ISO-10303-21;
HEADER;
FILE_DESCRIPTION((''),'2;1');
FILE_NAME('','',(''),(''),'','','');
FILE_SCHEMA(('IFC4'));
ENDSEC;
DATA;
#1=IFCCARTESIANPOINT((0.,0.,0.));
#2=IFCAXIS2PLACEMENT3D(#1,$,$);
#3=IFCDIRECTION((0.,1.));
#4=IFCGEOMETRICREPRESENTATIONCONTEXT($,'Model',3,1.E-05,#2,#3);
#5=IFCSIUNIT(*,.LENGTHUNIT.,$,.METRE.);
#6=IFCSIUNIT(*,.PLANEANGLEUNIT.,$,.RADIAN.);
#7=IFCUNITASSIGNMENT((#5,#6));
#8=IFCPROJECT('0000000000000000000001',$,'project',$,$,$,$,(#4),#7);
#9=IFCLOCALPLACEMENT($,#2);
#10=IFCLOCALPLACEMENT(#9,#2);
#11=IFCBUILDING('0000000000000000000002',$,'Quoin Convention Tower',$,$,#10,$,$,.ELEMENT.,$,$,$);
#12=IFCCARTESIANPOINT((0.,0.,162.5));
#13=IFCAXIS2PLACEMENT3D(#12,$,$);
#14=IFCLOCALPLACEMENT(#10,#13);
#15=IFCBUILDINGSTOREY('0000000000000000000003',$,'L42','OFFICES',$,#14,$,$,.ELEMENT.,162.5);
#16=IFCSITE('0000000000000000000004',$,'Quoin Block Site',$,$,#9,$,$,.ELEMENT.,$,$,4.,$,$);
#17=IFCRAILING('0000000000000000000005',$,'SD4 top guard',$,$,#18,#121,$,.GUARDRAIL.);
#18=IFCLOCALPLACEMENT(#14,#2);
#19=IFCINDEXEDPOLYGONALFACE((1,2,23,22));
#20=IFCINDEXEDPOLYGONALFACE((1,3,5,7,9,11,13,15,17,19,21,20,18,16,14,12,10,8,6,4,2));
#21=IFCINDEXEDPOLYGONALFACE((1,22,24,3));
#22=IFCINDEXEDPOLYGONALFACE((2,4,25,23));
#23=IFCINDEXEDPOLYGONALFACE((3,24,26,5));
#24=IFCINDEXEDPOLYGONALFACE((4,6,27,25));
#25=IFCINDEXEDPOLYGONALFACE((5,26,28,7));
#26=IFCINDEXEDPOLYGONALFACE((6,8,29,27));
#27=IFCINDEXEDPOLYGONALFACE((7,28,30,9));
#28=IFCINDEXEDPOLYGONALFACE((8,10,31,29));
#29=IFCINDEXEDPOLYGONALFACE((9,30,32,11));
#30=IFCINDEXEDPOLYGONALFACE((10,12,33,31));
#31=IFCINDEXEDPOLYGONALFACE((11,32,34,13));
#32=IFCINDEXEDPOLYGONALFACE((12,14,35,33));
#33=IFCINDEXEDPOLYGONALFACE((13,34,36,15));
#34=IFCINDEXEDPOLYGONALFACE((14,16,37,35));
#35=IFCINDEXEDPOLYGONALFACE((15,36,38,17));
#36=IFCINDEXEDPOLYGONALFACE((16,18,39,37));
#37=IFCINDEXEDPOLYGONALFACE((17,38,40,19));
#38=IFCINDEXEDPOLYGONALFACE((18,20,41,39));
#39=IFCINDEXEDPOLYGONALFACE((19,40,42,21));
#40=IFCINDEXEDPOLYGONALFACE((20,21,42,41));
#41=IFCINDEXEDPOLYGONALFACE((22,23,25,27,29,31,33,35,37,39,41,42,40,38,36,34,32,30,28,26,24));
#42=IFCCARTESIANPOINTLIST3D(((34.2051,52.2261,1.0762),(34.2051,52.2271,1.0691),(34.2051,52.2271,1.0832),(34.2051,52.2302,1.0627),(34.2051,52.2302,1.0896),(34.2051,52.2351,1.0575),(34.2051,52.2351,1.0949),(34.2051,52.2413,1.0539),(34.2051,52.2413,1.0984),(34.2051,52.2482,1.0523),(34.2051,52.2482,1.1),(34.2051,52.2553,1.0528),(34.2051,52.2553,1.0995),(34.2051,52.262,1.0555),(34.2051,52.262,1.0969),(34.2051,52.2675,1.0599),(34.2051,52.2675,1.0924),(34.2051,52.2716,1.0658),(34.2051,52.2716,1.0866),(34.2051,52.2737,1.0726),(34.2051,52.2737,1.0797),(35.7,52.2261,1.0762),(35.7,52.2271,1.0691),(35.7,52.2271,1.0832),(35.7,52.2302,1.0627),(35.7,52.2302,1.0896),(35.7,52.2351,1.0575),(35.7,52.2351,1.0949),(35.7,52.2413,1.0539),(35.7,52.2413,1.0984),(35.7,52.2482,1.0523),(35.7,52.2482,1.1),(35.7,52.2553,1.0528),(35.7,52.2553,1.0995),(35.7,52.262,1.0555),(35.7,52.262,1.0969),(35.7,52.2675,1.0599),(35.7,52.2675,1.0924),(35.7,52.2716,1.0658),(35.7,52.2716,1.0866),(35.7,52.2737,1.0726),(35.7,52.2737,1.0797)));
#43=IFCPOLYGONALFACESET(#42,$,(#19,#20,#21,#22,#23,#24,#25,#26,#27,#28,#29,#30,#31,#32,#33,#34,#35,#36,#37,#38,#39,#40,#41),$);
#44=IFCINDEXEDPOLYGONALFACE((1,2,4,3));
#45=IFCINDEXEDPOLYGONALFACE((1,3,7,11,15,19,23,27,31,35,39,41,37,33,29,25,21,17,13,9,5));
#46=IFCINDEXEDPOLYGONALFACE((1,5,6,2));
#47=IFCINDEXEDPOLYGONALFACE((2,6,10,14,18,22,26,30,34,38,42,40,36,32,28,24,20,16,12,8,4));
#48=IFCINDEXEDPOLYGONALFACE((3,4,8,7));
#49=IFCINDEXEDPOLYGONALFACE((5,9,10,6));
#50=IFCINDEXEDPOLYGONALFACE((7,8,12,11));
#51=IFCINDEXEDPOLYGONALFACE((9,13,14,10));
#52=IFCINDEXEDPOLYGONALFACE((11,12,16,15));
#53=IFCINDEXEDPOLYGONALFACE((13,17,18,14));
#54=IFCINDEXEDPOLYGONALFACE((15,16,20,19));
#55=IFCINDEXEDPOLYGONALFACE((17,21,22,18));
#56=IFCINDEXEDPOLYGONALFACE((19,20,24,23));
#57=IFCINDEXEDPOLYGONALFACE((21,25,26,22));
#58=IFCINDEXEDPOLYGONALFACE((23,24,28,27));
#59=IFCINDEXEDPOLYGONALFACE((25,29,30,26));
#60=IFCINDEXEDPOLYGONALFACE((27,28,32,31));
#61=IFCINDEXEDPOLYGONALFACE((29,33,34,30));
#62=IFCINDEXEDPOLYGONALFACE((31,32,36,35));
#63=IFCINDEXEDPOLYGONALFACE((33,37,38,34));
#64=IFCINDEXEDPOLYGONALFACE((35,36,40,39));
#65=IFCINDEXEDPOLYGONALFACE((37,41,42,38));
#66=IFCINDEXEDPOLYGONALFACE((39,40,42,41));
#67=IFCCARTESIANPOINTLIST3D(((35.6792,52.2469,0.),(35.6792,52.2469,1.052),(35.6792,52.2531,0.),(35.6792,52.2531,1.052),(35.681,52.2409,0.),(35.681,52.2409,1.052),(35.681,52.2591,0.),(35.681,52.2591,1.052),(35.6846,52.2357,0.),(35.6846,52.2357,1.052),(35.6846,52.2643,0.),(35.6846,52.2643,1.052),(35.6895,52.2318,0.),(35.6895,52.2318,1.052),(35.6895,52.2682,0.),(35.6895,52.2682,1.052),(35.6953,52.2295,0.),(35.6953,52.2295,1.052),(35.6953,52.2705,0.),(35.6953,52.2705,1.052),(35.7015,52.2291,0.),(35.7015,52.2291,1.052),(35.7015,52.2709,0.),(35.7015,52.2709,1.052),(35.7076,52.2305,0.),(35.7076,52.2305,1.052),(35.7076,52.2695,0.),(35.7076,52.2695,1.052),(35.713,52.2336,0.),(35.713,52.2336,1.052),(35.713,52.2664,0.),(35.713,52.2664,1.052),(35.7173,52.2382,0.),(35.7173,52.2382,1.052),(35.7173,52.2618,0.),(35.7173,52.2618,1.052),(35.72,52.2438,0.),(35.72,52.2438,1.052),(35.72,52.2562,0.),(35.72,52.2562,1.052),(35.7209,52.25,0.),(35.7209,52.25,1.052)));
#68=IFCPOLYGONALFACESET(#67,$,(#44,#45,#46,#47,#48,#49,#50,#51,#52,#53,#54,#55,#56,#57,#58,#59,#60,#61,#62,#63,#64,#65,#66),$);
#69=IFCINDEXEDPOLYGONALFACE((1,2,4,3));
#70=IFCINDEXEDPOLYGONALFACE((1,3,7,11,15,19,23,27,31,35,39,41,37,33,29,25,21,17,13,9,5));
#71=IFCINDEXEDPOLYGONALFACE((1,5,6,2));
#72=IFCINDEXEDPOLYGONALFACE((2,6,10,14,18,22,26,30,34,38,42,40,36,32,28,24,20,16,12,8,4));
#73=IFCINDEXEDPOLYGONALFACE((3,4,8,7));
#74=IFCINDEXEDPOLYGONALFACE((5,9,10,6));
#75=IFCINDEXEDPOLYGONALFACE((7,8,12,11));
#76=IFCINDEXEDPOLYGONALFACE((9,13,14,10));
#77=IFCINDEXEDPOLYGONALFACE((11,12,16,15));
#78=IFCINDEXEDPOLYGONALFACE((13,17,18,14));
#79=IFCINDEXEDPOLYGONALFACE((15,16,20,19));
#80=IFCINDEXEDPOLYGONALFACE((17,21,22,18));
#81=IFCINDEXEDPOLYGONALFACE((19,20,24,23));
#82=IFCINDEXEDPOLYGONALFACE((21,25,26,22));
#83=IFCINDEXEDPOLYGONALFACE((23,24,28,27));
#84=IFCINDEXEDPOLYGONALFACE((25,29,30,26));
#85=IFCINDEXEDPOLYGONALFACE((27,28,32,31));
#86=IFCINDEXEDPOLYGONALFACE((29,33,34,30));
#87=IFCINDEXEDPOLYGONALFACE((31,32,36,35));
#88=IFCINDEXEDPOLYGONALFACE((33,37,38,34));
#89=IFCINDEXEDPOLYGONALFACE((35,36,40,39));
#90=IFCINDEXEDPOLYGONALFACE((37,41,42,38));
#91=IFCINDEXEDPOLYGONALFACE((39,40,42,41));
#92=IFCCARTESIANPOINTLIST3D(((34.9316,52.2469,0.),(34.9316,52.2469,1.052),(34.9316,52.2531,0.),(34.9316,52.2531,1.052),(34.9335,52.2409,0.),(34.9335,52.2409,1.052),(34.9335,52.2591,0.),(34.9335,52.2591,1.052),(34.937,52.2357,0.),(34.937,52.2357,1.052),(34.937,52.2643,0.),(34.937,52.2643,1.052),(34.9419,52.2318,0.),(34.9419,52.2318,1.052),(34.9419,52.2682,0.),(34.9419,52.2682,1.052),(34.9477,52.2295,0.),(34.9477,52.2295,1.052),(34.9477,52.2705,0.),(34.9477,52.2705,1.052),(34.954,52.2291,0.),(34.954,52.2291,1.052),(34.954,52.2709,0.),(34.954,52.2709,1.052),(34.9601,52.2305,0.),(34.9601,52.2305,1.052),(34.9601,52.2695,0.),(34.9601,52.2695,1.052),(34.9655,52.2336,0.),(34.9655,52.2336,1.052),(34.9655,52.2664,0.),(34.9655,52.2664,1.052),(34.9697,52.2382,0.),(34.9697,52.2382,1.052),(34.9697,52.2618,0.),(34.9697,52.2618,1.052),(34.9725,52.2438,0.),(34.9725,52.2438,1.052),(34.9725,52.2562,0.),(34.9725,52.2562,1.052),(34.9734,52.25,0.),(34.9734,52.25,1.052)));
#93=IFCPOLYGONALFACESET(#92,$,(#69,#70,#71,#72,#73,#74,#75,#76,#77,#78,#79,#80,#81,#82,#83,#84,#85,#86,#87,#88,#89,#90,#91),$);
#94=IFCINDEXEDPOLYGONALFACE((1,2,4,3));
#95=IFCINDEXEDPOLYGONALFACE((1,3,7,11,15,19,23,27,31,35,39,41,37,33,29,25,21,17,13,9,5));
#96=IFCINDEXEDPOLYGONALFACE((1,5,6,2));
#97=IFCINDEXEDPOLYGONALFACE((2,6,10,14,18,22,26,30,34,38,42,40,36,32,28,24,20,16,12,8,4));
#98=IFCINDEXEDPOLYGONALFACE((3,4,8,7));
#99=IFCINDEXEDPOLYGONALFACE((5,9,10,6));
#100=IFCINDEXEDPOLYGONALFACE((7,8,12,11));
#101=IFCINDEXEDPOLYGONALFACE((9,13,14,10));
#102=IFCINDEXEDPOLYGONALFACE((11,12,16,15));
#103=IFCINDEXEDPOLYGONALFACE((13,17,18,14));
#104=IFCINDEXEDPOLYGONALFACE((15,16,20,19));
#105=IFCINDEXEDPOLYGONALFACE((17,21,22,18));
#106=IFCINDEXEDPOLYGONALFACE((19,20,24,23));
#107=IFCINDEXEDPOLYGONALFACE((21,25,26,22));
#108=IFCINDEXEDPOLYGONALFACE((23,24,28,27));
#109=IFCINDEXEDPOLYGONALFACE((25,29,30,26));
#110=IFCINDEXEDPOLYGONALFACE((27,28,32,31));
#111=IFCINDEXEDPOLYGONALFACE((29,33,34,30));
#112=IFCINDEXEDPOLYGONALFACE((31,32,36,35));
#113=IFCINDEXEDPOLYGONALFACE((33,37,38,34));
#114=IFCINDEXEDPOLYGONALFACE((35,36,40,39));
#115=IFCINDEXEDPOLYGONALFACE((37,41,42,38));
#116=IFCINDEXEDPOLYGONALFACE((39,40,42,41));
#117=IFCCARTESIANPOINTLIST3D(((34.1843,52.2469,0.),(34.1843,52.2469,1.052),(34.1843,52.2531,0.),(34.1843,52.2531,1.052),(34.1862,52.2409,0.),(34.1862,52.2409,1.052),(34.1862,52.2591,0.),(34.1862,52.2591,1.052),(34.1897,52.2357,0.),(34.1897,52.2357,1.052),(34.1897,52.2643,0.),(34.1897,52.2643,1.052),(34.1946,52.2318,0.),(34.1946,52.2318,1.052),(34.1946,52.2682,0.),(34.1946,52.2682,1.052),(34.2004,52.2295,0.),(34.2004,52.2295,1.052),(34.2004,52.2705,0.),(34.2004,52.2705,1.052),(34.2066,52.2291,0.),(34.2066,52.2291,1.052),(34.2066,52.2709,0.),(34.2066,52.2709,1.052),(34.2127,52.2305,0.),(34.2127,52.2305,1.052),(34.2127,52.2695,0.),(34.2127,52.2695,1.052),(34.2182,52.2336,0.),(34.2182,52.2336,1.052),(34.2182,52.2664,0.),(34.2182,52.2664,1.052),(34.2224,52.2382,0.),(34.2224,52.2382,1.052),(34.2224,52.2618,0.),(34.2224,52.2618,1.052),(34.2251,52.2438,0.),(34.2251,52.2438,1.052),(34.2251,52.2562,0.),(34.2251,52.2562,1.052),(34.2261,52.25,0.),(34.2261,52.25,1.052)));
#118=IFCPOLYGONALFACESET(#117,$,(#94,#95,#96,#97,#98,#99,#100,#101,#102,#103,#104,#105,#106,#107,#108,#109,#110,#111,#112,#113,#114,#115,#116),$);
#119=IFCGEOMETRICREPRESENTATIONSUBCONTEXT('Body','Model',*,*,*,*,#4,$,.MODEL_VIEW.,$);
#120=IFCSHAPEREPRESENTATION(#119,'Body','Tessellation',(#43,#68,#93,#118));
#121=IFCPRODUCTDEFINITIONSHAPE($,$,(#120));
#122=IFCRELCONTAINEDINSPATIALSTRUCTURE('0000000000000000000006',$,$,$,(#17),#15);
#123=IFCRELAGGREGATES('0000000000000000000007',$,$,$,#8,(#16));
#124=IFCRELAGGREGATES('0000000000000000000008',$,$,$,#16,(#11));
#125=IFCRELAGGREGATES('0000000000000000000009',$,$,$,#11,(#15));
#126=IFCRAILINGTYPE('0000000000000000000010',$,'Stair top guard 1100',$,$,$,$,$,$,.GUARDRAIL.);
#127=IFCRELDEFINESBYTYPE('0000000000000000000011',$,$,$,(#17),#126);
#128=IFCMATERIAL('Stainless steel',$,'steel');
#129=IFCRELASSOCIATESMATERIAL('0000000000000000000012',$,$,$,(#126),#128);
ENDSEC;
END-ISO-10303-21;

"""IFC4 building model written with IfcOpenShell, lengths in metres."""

from ifc_helpers import new_model, si_unit, direction, frame, origin, origin_2d, place, context, subcontext, project, spatial, circle, extrude, material, type_object, element, save


model = new_model("IFC4")

# Units and contexts
model_context = context("Model", 3, precision=1e-05, world=origin(), true_north=direction((0.0, 1.0)))
body_context = subcontext(model_context, "Body", "Model", "MODEL_VIEW")
ifc_project = project(units=[si_unit("LENGTHUNIT", "METRE"), si_unit("PLANEANGLEUNIT", "RADIAN")], contexts=[model_context])

# Site, building, storey
site_placement = place(None, origin())
site = spatial("IfcSite", under=ifc_project, at=site_placement, Name="Quoin Block Site", CompositionType="ELEMENT", RefElevation=4.0)
building_placement = place(site_placement, origin())
building = spatial("IfcBuilding", under=site, at=building_placement, Name="Quoin Convention Tower", CompositionType="ELEMENT")
storey_placement = place(building_placement, frame((0.0, 0.0, 162.5)))
storey = spatial("IfcBuildingStorey", under=building, at=storey_placement, Name="L42", Description="OFFICES", CompositionType="ELEMENT", Elevation=162.5)

# Railing
ifc_material_1 = material(Name="Stainless steel", Category="steel")
railing_type_1 = type_object("IfcRailingType", Name="Stair top guard 1100", PredefinedType="GUARDRAIL", material=ifc_material_1)
railing_1_placement = place(storey_placement, frame((35.7, 52.25, 0.0)))
element("IfcRailing", 1, at=railing_1_placement, inside=storey, type_object=railing_type_1, Name="SD4 top guard", PredefinedType="GUARDRAIL", context=body_context, shape_type="SweptSolid", body=[
    extrude(circle(Radius=0.0239, at=origin_2d()), frame((0.0, 0.0, 1.0762), z_axis=(-1.0, 0.0, 0.0), x_axis=(0.0, -1.0, 0.0)), (0.0, 0.0, 1.0), 1.4949),
    extrude(circle(Radius=0.021, at=origin_2d()), origin(), (0.0, 0.0, 1.0), 1.052),
    extrude(circle(Radius=0.021, at=origin_2d()), frame((-0.7476, 0.0, 0.0)), (0.0, 0.0, 1.0), 1.052),
    extrude(circle(Radius=0.021, at=origin_2d()), frame((-1.4949, 0.0, 0.0)), (0.0, 0.0, 1.0), 1.052),
])

save(model, "model.ifc")
